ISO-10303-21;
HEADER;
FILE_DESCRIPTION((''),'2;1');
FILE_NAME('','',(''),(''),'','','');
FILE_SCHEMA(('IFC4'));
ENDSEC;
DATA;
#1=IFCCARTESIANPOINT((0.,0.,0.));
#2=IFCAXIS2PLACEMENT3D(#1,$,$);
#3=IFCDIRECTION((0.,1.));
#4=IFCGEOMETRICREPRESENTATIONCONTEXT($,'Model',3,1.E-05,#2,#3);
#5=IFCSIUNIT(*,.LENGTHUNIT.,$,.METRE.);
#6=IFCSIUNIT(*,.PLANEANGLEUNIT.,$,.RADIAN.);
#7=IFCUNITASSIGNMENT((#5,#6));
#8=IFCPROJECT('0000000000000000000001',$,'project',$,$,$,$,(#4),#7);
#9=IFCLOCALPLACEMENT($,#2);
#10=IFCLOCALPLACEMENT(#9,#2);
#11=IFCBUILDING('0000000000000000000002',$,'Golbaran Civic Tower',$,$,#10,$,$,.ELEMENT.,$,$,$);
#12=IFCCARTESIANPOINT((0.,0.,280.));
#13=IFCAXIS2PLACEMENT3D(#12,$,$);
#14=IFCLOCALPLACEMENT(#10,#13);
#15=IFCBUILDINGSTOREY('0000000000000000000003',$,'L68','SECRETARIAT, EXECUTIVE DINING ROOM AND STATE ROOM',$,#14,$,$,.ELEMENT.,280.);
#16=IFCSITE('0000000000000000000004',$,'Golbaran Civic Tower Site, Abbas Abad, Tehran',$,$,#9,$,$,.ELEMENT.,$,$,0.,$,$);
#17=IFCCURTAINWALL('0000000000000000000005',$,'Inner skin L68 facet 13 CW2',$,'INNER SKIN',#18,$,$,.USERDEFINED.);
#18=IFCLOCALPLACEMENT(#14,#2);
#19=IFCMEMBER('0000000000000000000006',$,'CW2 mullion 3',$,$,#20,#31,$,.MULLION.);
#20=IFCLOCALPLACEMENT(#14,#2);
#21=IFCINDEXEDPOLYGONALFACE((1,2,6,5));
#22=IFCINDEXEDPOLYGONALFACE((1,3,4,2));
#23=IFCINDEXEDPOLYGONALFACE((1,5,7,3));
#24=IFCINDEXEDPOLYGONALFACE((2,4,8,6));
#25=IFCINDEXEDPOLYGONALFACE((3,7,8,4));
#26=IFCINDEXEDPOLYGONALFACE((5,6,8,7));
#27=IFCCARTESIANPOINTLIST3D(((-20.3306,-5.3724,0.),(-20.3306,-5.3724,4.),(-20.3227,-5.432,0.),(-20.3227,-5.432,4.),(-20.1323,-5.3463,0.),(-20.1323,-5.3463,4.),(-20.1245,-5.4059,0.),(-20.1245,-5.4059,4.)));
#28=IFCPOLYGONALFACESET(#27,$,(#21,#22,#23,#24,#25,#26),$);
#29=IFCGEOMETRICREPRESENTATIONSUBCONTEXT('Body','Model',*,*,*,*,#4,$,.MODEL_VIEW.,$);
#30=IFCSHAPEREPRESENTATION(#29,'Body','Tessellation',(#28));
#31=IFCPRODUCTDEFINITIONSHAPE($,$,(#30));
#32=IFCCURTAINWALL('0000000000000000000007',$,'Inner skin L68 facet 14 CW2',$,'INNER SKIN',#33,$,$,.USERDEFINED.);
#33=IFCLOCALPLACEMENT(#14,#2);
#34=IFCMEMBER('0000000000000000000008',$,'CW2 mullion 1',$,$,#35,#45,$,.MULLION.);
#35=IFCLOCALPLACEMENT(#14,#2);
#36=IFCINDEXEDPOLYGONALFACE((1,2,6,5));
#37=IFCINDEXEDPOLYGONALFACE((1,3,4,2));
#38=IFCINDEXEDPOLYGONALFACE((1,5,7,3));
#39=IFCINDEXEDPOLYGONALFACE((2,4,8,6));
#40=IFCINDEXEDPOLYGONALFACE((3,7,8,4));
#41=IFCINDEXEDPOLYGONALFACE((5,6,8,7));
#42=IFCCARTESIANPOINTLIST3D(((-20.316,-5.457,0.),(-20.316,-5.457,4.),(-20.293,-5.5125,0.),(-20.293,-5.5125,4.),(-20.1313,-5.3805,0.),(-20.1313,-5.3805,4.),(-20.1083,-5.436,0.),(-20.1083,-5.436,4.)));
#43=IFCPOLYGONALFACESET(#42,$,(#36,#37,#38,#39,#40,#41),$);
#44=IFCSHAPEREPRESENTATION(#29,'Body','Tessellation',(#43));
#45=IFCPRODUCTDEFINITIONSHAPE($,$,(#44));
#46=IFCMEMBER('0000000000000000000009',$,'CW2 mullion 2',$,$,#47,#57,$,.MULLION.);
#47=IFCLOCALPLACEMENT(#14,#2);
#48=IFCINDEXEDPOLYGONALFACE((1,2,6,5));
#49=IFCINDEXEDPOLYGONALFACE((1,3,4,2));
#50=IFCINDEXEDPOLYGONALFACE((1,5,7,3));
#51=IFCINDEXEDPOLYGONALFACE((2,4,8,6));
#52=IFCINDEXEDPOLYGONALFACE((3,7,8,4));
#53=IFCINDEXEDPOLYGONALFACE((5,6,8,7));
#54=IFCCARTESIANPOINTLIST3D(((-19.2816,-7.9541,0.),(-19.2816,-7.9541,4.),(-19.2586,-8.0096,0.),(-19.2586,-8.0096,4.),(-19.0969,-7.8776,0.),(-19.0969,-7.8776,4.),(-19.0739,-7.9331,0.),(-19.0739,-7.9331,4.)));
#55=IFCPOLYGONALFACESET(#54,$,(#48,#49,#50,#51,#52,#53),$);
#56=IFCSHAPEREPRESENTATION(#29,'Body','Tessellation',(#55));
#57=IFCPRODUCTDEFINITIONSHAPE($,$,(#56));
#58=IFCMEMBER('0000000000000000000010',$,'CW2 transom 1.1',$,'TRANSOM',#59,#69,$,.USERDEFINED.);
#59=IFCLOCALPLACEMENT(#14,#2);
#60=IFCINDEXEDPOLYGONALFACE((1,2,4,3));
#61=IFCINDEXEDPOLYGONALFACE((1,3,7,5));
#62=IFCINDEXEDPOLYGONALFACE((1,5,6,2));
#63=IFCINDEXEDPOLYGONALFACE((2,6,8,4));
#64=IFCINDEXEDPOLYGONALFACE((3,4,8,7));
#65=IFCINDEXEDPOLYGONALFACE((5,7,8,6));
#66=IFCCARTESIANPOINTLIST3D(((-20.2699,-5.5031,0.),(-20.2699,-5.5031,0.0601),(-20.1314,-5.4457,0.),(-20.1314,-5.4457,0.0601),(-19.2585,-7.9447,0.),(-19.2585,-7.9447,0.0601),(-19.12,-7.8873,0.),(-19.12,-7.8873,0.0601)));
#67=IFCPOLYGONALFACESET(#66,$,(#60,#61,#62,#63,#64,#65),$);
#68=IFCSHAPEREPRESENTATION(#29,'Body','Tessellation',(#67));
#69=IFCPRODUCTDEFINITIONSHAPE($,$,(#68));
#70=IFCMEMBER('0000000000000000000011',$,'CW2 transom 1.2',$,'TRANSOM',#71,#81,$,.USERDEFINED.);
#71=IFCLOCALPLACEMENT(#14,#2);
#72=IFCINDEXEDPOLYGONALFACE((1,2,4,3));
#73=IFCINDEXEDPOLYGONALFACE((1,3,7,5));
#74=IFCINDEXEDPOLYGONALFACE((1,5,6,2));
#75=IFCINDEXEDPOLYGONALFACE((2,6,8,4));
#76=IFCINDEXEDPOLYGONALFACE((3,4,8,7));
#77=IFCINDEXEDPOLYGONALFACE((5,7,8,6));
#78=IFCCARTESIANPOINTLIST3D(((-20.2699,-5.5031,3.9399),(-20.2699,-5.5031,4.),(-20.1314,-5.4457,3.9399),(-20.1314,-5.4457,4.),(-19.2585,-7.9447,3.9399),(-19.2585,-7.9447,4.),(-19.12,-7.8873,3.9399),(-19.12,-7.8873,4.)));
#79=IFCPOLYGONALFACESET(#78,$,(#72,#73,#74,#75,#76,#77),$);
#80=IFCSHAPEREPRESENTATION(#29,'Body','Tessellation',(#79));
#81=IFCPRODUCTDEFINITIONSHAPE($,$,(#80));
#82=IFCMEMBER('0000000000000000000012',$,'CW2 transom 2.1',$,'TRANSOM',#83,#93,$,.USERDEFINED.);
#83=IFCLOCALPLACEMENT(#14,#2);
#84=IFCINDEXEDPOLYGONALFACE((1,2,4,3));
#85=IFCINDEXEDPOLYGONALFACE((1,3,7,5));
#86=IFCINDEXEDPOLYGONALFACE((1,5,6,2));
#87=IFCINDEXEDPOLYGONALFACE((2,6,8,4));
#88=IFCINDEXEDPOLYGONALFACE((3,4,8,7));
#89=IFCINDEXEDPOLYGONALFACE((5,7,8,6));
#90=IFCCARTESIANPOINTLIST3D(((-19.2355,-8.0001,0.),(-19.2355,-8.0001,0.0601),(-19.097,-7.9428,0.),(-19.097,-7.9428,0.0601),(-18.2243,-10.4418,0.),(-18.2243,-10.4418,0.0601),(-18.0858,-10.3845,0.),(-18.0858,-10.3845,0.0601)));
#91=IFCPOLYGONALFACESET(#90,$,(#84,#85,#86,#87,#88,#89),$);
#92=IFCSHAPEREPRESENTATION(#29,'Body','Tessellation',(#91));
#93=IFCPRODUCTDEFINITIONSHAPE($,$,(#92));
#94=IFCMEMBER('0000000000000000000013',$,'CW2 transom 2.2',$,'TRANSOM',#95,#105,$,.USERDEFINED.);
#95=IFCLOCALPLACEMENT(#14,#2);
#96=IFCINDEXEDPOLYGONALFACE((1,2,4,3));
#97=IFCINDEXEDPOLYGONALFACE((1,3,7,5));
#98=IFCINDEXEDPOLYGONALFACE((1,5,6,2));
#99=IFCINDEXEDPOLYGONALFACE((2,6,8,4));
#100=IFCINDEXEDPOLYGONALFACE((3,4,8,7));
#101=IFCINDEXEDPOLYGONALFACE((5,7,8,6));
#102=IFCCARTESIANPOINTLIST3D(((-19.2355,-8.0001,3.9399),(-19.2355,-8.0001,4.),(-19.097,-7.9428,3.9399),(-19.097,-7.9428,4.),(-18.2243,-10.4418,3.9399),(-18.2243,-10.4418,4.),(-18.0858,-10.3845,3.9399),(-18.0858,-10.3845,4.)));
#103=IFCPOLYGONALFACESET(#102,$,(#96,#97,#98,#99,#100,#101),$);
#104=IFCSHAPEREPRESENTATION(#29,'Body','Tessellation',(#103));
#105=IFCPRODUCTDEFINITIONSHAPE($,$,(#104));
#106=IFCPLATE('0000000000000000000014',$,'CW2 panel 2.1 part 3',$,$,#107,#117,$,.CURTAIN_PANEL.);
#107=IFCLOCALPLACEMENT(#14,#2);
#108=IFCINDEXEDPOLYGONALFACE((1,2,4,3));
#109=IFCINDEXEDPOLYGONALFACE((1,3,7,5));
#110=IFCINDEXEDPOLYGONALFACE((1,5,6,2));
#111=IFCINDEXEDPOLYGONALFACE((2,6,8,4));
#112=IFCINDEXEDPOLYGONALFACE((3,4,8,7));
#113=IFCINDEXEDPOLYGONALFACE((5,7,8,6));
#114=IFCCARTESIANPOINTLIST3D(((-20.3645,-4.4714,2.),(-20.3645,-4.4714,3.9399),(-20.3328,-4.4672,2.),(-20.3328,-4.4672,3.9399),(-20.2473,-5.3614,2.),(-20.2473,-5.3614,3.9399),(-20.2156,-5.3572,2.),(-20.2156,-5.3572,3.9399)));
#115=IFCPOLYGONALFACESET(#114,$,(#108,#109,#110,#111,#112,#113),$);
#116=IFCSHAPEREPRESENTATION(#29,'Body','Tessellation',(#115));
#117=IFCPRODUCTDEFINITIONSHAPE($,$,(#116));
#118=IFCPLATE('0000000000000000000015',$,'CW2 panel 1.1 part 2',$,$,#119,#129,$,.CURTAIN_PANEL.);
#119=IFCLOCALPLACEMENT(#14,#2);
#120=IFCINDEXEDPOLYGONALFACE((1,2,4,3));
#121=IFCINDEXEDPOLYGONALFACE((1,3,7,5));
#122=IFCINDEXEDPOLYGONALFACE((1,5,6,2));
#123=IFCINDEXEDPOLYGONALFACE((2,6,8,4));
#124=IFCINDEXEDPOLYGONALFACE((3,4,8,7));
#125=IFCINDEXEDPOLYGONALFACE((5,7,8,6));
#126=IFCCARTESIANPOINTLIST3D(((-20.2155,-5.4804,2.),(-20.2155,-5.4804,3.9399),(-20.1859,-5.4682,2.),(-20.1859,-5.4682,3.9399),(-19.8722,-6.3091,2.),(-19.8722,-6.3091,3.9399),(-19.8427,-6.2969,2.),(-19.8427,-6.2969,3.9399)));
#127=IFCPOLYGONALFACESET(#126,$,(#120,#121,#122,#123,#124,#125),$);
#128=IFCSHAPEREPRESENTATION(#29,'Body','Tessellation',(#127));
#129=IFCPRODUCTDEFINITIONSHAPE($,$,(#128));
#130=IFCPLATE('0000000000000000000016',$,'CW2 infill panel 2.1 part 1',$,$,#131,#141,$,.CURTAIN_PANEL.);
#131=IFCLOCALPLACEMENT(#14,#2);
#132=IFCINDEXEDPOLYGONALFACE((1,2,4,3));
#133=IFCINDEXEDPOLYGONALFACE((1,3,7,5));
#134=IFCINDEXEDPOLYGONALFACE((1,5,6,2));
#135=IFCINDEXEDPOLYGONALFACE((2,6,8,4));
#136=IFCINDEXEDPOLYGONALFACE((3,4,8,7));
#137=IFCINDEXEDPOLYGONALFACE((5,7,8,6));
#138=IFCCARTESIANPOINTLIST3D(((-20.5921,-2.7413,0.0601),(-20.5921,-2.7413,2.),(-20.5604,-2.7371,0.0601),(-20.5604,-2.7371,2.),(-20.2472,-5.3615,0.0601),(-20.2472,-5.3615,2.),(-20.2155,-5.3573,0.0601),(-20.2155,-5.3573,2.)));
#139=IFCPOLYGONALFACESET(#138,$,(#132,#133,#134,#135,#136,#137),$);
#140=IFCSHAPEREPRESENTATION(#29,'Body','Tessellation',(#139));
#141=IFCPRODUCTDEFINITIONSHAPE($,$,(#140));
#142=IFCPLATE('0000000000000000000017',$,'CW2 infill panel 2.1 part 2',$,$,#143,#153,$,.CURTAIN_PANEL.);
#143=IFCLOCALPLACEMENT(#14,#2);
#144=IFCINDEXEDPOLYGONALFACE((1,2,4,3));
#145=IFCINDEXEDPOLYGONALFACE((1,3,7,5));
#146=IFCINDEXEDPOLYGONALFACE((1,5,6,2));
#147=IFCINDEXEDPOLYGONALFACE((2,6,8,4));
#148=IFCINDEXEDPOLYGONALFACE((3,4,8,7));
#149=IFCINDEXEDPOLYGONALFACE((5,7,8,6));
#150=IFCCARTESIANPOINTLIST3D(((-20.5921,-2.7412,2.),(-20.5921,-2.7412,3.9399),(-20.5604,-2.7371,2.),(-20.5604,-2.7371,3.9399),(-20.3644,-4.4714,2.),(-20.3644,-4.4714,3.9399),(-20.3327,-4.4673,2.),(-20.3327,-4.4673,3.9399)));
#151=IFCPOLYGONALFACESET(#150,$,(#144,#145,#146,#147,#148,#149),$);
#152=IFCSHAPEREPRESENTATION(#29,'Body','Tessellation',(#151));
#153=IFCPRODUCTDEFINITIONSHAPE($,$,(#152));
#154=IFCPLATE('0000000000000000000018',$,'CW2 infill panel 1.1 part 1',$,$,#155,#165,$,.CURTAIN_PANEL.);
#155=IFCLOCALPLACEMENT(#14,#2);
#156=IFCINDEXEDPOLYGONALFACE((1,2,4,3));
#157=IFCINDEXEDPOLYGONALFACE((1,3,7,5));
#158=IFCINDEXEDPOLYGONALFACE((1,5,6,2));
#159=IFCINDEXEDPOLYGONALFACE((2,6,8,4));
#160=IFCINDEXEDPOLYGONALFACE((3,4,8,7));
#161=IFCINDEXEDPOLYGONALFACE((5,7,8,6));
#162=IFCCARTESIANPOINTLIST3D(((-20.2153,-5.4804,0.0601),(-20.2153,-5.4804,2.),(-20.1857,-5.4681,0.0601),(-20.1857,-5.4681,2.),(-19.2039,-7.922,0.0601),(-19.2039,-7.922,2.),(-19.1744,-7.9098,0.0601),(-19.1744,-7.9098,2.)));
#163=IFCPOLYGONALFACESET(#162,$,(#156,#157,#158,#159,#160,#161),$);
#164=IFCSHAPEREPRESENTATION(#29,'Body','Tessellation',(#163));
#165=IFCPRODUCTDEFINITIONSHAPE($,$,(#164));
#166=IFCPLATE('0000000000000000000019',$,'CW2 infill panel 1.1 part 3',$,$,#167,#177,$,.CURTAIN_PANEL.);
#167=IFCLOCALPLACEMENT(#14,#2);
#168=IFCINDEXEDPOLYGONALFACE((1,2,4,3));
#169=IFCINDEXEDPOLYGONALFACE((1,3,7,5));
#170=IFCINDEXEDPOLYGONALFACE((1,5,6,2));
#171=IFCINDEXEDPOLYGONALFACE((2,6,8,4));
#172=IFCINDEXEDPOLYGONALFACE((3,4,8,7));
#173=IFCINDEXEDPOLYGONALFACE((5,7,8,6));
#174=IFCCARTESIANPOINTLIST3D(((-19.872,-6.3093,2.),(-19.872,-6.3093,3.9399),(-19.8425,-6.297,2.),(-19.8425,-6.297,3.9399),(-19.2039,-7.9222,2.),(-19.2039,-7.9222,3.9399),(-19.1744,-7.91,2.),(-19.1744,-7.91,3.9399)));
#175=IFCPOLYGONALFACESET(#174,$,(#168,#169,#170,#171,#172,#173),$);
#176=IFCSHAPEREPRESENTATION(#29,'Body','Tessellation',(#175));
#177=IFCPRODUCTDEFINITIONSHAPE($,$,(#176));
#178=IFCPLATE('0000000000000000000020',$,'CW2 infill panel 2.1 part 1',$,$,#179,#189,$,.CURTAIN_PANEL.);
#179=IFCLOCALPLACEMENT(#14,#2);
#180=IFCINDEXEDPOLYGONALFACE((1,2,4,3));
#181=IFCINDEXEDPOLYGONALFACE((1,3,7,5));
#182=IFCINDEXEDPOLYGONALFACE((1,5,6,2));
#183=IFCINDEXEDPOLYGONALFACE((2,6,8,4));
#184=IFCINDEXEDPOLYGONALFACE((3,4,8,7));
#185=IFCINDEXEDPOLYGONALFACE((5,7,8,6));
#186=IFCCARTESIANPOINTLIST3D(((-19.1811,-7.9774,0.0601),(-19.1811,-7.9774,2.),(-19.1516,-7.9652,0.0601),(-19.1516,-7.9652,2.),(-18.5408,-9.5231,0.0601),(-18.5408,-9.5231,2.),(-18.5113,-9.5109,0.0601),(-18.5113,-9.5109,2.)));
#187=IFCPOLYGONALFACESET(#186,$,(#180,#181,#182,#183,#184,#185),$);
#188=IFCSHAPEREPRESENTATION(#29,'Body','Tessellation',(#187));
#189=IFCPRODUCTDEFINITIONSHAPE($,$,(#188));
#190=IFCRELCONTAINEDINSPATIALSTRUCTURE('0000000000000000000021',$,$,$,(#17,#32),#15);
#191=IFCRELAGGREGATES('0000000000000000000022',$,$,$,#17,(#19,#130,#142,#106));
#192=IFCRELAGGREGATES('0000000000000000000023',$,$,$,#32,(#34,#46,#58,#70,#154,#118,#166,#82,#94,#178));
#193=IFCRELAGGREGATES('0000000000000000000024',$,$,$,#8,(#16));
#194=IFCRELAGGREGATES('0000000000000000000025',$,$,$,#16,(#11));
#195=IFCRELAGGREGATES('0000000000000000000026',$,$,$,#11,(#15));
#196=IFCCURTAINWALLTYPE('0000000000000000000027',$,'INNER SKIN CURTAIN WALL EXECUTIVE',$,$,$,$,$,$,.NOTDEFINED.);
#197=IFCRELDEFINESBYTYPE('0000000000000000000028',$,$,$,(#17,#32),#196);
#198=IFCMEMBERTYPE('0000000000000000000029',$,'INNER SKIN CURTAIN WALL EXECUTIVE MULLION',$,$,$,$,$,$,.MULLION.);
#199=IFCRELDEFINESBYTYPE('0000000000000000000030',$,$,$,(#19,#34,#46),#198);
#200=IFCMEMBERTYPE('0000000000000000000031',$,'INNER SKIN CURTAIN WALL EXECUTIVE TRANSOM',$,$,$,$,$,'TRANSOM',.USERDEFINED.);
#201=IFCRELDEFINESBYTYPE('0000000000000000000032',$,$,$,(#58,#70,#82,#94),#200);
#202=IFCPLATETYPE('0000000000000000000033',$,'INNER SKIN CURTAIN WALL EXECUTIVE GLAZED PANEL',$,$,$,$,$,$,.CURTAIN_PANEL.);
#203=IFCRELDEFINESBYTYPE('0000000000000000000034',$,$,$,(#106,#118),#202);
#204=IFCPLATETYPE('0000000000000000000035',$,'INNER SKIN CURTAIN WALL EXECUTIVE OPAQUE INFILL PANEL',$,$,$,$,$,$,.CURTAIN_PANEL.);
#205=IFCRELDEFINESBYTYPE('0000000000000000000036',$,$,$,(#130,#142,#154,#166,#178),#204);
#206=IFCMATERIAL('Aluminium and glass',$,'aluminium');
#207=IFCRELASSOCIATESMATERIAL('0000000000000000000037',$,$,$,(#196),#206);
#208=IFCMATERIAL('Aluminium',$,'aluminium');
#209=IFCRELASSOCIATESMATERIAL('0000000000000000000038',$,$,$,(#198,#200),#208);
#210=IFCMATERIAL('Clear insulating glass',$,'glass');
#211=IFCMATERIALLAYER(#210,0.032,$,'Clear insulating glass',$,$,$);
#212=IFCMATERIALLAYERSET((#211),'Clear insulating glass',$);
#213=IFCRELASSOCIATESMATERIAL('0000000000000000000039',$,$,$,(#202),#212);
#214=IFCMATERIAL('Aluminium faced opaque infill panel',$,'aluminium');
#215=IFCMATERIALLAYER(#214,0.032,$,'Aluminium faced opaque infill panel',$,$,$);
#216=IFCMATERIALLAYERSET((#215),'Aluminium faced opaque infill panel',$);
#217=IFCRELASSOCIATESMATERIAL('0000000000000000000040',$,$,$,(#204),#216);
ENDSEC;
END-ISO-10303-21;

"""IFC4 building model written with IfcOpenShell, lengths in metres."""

from ifc_helpers import new_model, si_unit, direction, frame, origin, origin_2d, place, context, subcontext, project, spatial, rectangle, extrude, material, layer, layer_set, material_profile, profile_set, type_object, element, aggregate, save


model = new_model("IFC4")

# Units and contexts
model_context = context("Model", 3, precision=1e-05, world=origin(), true_north=direction((0.0, 1.0)))
body_context = subcontext(model_context, "Body", "Model", "MODEL_VIEW")
ifc_project = project(units=[si_unit("LENGTHUNIT", "METRE"), si_unit("PLANEANGLEUNIT", "RADIAN")], contexts=[model_context])

# Site, building, storey
site_placement = place(None, origin())
site = spatial("IfcSite", under=ifc_project, at=site_placement, Name="Golbaran Civic Tower Site, Abbas Abad, Tehran", CompositionType="ELEMENT", RefElevation=0.0)
building_placement = place(site_placement, origin())
building = spatial("IfcBuilding", under=site, at=building_placement, Name="Golbaran Civic Tower", CompositionType="ELEMENT")
storey_placement = place(building_placement, frame((0.0, 0.0, 280.0)))
storey = spatial("IfcBuildingStorey", under=building, at=storey_placement, Name="L68", Description="SECRETARIAT, EXECUTIVE DINING ROOM AND STATE ROOM", CompositionType="ELEMENT", Elevation=280.0)

# Curtain wall, member
ifc_material_1 = material(Name="Aluminium and glass", Category="aluminium")
curtain_wall_type = type_object("IfcCurtainWallType", Name="INNER SKIN CURTAIN WALL EXECUTIVE", PredefinedType="NOTDEFINED", material=ifc_material_1)
curtain_wall_1_placement = place(storey_placement, origin())
curtain_wall_1 = element("IfcCurtainWall", 1, at=curtain_wall_1_placement, inside=storey, type_object=curtain_wall_type, Name="Inner skin L68 facet 13 CW2", ObjectType="INNER SKIN", PredefinedType="USERDEFINED")
ifc_material_2 = material(Name="Aluminium", Category="aluminium")
ifc_material_profile_1 = material_profile(ifc_material_2, rectangle(XDim=0.2, YDim=0.0601, at=origin_2d()), Name="INNER SKIN CURTAIN WALL EXECUTIVE MULLION")
ifc_profile_set_1 = profile_set([ifc_material_profile_1], Name="Aluminium")
member_type_1 = type_object("IfcMemberType", Name="INNER SKIN CURTAIN WALL EXECUTIVE MULLION", PredefinedType="MULLION", material=ifc_profile_set_1)
member_1_placement = place(storey_placement, frame((-20.2275, -5.3892, 0.0), z_axis=(0.0, 0.0, 1.0), x_axis=(0.991445, 0.130526, 0.0)))
member_1 = element("IfcMember", 2, at=member_1_placement, type_object=member_type_1, Name="CW2 mullion 3", PredefinedType="MULLION", context=body_context, shape_type="SweptSolid", body=[
    extrude(rectangle(XDim=0.2, YDim=0.0601, at=origin_2d()), origin(), (0.0, 0.0, 1.0), 4.0),
])

# Curtain wall, members
curtain_wall_2_placement = place(storey_placement, origin())
curtain_wall_2 = element("IfcCurtainWall", 3, at=curtain_wall_2_placement, inside=storey, type_object=curtain_wall_type, Name="Inner skin L68 facet 14 CW2", ObjectType="INNER SKIN", PredefinedType="USERDEFINED")
member_2_placement = place(storey_placement, frame((-20.2122, -5.4465, 0.0), z_axis=(0.0, 0.0, 1.0), x_axis=(0.92388, 0.382683, 0.0)))
member_2 = element("IfcMember", 4, at=member_2_placement, type_object=member_type_1, Name="CW2 mullion 1", PredefinedType="MULLION", context=body_context, shape_type="SweptSolid", body=[
    extrude(rectangle(XDim=0.2, YDim=0.0601, at=origin_2d()), origin(), (0.0, 0.0, 1.0), 4.0),
])
member_3_placement = place(storey_placement, frame((-19.1777, -7.9436, 0.0), z_axis=(0.0, 0.0, 1.0), x_axis=(0.92388, 0.382683, 0.0)))
member_3 = element("IfcMember", 5, at=member_3_placement, type_object=member_type_1, Name="CW2 mullion 2", PredefinedType="MULLION", context=body_context, shape_type="SweptSolid", body=[
    extrude(rectangle(XDim=0.2, YDim=0.0601, at=origin_2d()), origin(), (0.0, 0.0, 1.0), 4.0),
])
ifc_material_profile_2 = material_profile(ifc_material_2, rectangle(XDim=0.1499, YDim=0.0601, at=origin_2d()), Name="INNER SKIN CURTAIN WALL EXECUTIVE TRANSOM")
ifc_profile_set_2 = profile_set([ifc_material_profile_2], Name="Aluminium")
member_type_2 = type_object("IfcMemberType", Name="INNER SKIN CURTAIN WALL EXECUTIVE TRANSOM", ElementType="TRANSOM", PredefinedType="USERDEFINED", material=ifc_profile_set_2)
member_4_placement = place(storey_placement, frame((-20.2007, -5.4744, 0.03), z_axis=(0.382719, -0.923865, 0.0), x_axis=(0.923865, 0.382719, 0.0)))
member_4 = element("IfcMember", 6, at=member_4_placement, type_object=member_type_2, Name="CW2 transom 1.1", ObjectType="TRANSOM", PredefinedType="USERDEFINED", context=body_context, shape_type="SweptSolid", body=[
    extrude(rectangle(XDim=0.1499, YDim=0.0601, at=origin_2d()), origin(), (0.0, 0.0, 1.0), 2.6428),
])
member_5_placement = place(storey_placement, frame((-20.2007, -5.4744, 3.97), z_axis=(0.382719, -0.923865, 0.0), x_axis=(0.923865, 0.382719, 0.0)))
member_5 = element("IfcMember", 7, at=member_5_placement, type_object=member_type_2, Name="CW2 transom 1.2", ObjectType="TRANSOM", PredefinedType="USERDEFINED", context=body_context, shape_type="SweptSolid", body=[
    extrude(rectangle(XDim=0.1499, YDim=0.0601, at=origin_2d()), origin(), (0.0, 0.0, 1.0), 2.6428),
])
member_6_placement = place(storey_placement, frame((-19.1663, -7.9714, 0.03), z_axis=(0.38264, -0.923897, 0.0), x_axis=(0.923897, 0.38264, 0.0)))
member_6 = element("IfcMember", 8, at=member_6_placement, type_object=member_type_2, Name="CW2 transom 2.1", ObjectType="TRANSOM", PredefinedType="USERDEFINED", context=body_context, shape_type="SweptSolid", body=[
    extrude(rectangle(XDim=0.1499, YDim=0.0601, at=origin_2d()), origin(), (0.0, 0.0, 1.0), 2.6428),
])
member_7_placement = place(storey_placement, frame((-19.1663, -7.9714, 3.97), z_axis=(0.38264, -0.923897, 0.0), x_axis=(0.923897, 0.38264, 0.0)))
member_7 = element("IfcMember", 9, at=member_7_placement, type_object=member_type_2, Name="CW2 transom 2.2", ObjectType="TRANSOM", PredefinedType="USERDEFINED", context=body_context, shape_type="SweptSolid", body=[
    extrude(rectangle(XDim=0.1499, YDim=0.0601, at=origin_2d()), origin(), (0.0, 0.0, 1.0), 2.6428),
])

# Plates
ifc_material_3 = material(Name="Clear insulating glass", Category="glass")
ifc_layer_1 = layer(ifc_material_3, 0.032, Name="Clear insulating glass")
ifc_layer_set_1 = layer_set([ifc_layer_1], Name="Clear insulating glass")
plate_type_1 = type_object("IfcPlateType", Name="INNER SKIN CURTAIN WALL EXECUTIVE GLAZED PANEL", PredefinedType="CURTAIN_PANEL", material=ifc_layer_set_1)
plate_1_placement = place(storey_placement, frame((-20.29, -4.9143, 2.0), z_axis=(0.0, 0.0, 1.0), x_axis=(0.130526, -0.991445, 0.0)))
plate_1 = element("IfcPlate", 10, at=plate_1_placement, type_object=plate_type_1, Name="CW2 panel 2.1 part 3", PredefinedType="CURTAIN_PANEL", context=body_context, shape_type="SweptSolid", body=[
    extrude(rectangle(XDim=0.8977, YDim=0.032, at=origin_2d()), origin(), (0.0, 0.0, 1.0), 1.9399),
])
plate_2_placement = place(storey_placement, frame((-20.0291, -5.8887, 2.0), z_axis=(0.0, 0.0, 1.0), x_axis=(0.382683, -0.92388, 0.0)))
plate_2 = element("IfcPlate", 11, at=plate_2_placement, type_object=plate_type_1, Name="CW2 panel 1.1 part 2", PredefinedType="CURTAIN_PANEL", context=body_context, shape_type="SweptSolid", body=[
    extrude(rectangle(XDim=0.897, YDim=0.032, at=origin_2d()), origin(), (0.0, 0.0, 1.0), 1.9399),
])
ifc_material_4 = material(Name="Aluminium faced opaque infill panel", Category="aluminium")
ifc_layer_2 = layer(ifc_material_4, 0.032, Name="Aluminium faced opaque infill panel")
ifc_layer_set_2 = layer_set([ifc_layer_2], Name="Aluminium faced opaque infill panel")
plate_type_2 = type_object("IfcPlateType", Name="INNER SKIN CURTAIN WALL EXECUTIVE OPAQUE INFILL PANEL", PredefinedType="CURTAIN_PANEL", material=ifc_layer_set_2)
plate_3_placement = place(storey_placement, frame((-20.4038, -4.0493, 0.0601), z_axis=(0.0, 0.0, 1.0), x_axis=(0.130526, -0.991445, 0.0)))
plate_3 = element("IfcPlate", 12, at=plate_3_placement, type_object=plate_type_2, Name="CW2 infill panel 2.1 part 1", PredefinedType="CURTAIN_PANEL", context=body_context, shape_type="SweptSolid", body=[
    extrude(rectangle(XDim=2.6428, YDim=0.032, at=origin_2d()), origin(), (0.0, 0.0, 1.0), 1.9399),
])
plate_4_placement = place(storey_placement, frame((-20.4624, -3.6042, 2.0), z_axis=(0.0, 0.0, 1.0), x_axis=(0.130526, -0.991445, 0.0)))
plate_4 = element("IfcPlate", 13, at=plate_4_placement, type_object=plate_type_2, Name="CW2 infill panel 2.1 part 2", PredefinedType="CURTAIN_PANEL", context=body_context, shape_type="SweptSolid", body=[
    extrude(rectangle(XDim=1.7451, YDim=0.032, at=origin_2d()), origin(), (0.0, 0.0, 1.0), 1.9399),
])
aggregate(curtain_wall_1, [member_1, plate_3, plate_4, plate_1])
plate_5_placement = place(storey_placement, frame((-19.6948, -6.6951, 0.0601), z_axis=(0.0, 0.0, 1.0), x_axis=(0.382683, -0.92388, 0.0)))
plate_5 = element("IfcPlate", 14, at=plate_5_placement, type_object=plate_type_2, Name="CW2 infill panel 1.1 part 1", PredefinedType="CURTAIN_PANEL", context=body_context, shape_type="SweptSolid", body=[
    extrude(rectangle(XDim=2.6428, YDim=0.032, at=origin_2d()), origin(), (0.0, 0.0, 1.0), 1.9399),
])
plate_6_placement = place(storey_placement, frame((-19.5232, -7.1096, 2.0), z_axis=(0.0, 0.0, 1.0), x_axis=(0.382683, -0.92388, 0.0)))
plate_6 = element("IfcPlate", 15, at=plate_6_placement, type_object=plate_type_2, Name="CW2 infill panel 1.1 part 3", PredefinedType="CURTAIN_PANEL", context=body_context, shape_type="SweptSolid", body=[
    extrude(rectangle(XDim=1.7458, YDim=0.032, at=origin_2d()), origin(), (0.0, 0.0, 1.0), 1.9399),
])
plate_7_placement = place(storey_placement, frame((-18.8462, -8.7441, 0.0601), z_axis=(0.0, 0.0, 1.0), x_axis=(0.382683, -0.92388, 0.0)))
plate_7 = element("IfcPlate", 16, at=plate_7_placement, type_object=plate_type_2, Name="CW2 infill panel 2.1 part 1", PredefinedType="CURTAIN_PANEL", context=body_context, shape_type="SweptSolid", body=[
    extrude(rectangle(XDim=1.6731, YDim=0.032, at=origin_2d()), origin(), (0.0, 0.0, 1.0), 1.9399),
])
aggregate(curtain_wall_2, [member_2, member_3, member_4, member_5, plate_5, plate_2, plate_6, member_6, member_7, plate_7])

save(model, "model.ifc")
